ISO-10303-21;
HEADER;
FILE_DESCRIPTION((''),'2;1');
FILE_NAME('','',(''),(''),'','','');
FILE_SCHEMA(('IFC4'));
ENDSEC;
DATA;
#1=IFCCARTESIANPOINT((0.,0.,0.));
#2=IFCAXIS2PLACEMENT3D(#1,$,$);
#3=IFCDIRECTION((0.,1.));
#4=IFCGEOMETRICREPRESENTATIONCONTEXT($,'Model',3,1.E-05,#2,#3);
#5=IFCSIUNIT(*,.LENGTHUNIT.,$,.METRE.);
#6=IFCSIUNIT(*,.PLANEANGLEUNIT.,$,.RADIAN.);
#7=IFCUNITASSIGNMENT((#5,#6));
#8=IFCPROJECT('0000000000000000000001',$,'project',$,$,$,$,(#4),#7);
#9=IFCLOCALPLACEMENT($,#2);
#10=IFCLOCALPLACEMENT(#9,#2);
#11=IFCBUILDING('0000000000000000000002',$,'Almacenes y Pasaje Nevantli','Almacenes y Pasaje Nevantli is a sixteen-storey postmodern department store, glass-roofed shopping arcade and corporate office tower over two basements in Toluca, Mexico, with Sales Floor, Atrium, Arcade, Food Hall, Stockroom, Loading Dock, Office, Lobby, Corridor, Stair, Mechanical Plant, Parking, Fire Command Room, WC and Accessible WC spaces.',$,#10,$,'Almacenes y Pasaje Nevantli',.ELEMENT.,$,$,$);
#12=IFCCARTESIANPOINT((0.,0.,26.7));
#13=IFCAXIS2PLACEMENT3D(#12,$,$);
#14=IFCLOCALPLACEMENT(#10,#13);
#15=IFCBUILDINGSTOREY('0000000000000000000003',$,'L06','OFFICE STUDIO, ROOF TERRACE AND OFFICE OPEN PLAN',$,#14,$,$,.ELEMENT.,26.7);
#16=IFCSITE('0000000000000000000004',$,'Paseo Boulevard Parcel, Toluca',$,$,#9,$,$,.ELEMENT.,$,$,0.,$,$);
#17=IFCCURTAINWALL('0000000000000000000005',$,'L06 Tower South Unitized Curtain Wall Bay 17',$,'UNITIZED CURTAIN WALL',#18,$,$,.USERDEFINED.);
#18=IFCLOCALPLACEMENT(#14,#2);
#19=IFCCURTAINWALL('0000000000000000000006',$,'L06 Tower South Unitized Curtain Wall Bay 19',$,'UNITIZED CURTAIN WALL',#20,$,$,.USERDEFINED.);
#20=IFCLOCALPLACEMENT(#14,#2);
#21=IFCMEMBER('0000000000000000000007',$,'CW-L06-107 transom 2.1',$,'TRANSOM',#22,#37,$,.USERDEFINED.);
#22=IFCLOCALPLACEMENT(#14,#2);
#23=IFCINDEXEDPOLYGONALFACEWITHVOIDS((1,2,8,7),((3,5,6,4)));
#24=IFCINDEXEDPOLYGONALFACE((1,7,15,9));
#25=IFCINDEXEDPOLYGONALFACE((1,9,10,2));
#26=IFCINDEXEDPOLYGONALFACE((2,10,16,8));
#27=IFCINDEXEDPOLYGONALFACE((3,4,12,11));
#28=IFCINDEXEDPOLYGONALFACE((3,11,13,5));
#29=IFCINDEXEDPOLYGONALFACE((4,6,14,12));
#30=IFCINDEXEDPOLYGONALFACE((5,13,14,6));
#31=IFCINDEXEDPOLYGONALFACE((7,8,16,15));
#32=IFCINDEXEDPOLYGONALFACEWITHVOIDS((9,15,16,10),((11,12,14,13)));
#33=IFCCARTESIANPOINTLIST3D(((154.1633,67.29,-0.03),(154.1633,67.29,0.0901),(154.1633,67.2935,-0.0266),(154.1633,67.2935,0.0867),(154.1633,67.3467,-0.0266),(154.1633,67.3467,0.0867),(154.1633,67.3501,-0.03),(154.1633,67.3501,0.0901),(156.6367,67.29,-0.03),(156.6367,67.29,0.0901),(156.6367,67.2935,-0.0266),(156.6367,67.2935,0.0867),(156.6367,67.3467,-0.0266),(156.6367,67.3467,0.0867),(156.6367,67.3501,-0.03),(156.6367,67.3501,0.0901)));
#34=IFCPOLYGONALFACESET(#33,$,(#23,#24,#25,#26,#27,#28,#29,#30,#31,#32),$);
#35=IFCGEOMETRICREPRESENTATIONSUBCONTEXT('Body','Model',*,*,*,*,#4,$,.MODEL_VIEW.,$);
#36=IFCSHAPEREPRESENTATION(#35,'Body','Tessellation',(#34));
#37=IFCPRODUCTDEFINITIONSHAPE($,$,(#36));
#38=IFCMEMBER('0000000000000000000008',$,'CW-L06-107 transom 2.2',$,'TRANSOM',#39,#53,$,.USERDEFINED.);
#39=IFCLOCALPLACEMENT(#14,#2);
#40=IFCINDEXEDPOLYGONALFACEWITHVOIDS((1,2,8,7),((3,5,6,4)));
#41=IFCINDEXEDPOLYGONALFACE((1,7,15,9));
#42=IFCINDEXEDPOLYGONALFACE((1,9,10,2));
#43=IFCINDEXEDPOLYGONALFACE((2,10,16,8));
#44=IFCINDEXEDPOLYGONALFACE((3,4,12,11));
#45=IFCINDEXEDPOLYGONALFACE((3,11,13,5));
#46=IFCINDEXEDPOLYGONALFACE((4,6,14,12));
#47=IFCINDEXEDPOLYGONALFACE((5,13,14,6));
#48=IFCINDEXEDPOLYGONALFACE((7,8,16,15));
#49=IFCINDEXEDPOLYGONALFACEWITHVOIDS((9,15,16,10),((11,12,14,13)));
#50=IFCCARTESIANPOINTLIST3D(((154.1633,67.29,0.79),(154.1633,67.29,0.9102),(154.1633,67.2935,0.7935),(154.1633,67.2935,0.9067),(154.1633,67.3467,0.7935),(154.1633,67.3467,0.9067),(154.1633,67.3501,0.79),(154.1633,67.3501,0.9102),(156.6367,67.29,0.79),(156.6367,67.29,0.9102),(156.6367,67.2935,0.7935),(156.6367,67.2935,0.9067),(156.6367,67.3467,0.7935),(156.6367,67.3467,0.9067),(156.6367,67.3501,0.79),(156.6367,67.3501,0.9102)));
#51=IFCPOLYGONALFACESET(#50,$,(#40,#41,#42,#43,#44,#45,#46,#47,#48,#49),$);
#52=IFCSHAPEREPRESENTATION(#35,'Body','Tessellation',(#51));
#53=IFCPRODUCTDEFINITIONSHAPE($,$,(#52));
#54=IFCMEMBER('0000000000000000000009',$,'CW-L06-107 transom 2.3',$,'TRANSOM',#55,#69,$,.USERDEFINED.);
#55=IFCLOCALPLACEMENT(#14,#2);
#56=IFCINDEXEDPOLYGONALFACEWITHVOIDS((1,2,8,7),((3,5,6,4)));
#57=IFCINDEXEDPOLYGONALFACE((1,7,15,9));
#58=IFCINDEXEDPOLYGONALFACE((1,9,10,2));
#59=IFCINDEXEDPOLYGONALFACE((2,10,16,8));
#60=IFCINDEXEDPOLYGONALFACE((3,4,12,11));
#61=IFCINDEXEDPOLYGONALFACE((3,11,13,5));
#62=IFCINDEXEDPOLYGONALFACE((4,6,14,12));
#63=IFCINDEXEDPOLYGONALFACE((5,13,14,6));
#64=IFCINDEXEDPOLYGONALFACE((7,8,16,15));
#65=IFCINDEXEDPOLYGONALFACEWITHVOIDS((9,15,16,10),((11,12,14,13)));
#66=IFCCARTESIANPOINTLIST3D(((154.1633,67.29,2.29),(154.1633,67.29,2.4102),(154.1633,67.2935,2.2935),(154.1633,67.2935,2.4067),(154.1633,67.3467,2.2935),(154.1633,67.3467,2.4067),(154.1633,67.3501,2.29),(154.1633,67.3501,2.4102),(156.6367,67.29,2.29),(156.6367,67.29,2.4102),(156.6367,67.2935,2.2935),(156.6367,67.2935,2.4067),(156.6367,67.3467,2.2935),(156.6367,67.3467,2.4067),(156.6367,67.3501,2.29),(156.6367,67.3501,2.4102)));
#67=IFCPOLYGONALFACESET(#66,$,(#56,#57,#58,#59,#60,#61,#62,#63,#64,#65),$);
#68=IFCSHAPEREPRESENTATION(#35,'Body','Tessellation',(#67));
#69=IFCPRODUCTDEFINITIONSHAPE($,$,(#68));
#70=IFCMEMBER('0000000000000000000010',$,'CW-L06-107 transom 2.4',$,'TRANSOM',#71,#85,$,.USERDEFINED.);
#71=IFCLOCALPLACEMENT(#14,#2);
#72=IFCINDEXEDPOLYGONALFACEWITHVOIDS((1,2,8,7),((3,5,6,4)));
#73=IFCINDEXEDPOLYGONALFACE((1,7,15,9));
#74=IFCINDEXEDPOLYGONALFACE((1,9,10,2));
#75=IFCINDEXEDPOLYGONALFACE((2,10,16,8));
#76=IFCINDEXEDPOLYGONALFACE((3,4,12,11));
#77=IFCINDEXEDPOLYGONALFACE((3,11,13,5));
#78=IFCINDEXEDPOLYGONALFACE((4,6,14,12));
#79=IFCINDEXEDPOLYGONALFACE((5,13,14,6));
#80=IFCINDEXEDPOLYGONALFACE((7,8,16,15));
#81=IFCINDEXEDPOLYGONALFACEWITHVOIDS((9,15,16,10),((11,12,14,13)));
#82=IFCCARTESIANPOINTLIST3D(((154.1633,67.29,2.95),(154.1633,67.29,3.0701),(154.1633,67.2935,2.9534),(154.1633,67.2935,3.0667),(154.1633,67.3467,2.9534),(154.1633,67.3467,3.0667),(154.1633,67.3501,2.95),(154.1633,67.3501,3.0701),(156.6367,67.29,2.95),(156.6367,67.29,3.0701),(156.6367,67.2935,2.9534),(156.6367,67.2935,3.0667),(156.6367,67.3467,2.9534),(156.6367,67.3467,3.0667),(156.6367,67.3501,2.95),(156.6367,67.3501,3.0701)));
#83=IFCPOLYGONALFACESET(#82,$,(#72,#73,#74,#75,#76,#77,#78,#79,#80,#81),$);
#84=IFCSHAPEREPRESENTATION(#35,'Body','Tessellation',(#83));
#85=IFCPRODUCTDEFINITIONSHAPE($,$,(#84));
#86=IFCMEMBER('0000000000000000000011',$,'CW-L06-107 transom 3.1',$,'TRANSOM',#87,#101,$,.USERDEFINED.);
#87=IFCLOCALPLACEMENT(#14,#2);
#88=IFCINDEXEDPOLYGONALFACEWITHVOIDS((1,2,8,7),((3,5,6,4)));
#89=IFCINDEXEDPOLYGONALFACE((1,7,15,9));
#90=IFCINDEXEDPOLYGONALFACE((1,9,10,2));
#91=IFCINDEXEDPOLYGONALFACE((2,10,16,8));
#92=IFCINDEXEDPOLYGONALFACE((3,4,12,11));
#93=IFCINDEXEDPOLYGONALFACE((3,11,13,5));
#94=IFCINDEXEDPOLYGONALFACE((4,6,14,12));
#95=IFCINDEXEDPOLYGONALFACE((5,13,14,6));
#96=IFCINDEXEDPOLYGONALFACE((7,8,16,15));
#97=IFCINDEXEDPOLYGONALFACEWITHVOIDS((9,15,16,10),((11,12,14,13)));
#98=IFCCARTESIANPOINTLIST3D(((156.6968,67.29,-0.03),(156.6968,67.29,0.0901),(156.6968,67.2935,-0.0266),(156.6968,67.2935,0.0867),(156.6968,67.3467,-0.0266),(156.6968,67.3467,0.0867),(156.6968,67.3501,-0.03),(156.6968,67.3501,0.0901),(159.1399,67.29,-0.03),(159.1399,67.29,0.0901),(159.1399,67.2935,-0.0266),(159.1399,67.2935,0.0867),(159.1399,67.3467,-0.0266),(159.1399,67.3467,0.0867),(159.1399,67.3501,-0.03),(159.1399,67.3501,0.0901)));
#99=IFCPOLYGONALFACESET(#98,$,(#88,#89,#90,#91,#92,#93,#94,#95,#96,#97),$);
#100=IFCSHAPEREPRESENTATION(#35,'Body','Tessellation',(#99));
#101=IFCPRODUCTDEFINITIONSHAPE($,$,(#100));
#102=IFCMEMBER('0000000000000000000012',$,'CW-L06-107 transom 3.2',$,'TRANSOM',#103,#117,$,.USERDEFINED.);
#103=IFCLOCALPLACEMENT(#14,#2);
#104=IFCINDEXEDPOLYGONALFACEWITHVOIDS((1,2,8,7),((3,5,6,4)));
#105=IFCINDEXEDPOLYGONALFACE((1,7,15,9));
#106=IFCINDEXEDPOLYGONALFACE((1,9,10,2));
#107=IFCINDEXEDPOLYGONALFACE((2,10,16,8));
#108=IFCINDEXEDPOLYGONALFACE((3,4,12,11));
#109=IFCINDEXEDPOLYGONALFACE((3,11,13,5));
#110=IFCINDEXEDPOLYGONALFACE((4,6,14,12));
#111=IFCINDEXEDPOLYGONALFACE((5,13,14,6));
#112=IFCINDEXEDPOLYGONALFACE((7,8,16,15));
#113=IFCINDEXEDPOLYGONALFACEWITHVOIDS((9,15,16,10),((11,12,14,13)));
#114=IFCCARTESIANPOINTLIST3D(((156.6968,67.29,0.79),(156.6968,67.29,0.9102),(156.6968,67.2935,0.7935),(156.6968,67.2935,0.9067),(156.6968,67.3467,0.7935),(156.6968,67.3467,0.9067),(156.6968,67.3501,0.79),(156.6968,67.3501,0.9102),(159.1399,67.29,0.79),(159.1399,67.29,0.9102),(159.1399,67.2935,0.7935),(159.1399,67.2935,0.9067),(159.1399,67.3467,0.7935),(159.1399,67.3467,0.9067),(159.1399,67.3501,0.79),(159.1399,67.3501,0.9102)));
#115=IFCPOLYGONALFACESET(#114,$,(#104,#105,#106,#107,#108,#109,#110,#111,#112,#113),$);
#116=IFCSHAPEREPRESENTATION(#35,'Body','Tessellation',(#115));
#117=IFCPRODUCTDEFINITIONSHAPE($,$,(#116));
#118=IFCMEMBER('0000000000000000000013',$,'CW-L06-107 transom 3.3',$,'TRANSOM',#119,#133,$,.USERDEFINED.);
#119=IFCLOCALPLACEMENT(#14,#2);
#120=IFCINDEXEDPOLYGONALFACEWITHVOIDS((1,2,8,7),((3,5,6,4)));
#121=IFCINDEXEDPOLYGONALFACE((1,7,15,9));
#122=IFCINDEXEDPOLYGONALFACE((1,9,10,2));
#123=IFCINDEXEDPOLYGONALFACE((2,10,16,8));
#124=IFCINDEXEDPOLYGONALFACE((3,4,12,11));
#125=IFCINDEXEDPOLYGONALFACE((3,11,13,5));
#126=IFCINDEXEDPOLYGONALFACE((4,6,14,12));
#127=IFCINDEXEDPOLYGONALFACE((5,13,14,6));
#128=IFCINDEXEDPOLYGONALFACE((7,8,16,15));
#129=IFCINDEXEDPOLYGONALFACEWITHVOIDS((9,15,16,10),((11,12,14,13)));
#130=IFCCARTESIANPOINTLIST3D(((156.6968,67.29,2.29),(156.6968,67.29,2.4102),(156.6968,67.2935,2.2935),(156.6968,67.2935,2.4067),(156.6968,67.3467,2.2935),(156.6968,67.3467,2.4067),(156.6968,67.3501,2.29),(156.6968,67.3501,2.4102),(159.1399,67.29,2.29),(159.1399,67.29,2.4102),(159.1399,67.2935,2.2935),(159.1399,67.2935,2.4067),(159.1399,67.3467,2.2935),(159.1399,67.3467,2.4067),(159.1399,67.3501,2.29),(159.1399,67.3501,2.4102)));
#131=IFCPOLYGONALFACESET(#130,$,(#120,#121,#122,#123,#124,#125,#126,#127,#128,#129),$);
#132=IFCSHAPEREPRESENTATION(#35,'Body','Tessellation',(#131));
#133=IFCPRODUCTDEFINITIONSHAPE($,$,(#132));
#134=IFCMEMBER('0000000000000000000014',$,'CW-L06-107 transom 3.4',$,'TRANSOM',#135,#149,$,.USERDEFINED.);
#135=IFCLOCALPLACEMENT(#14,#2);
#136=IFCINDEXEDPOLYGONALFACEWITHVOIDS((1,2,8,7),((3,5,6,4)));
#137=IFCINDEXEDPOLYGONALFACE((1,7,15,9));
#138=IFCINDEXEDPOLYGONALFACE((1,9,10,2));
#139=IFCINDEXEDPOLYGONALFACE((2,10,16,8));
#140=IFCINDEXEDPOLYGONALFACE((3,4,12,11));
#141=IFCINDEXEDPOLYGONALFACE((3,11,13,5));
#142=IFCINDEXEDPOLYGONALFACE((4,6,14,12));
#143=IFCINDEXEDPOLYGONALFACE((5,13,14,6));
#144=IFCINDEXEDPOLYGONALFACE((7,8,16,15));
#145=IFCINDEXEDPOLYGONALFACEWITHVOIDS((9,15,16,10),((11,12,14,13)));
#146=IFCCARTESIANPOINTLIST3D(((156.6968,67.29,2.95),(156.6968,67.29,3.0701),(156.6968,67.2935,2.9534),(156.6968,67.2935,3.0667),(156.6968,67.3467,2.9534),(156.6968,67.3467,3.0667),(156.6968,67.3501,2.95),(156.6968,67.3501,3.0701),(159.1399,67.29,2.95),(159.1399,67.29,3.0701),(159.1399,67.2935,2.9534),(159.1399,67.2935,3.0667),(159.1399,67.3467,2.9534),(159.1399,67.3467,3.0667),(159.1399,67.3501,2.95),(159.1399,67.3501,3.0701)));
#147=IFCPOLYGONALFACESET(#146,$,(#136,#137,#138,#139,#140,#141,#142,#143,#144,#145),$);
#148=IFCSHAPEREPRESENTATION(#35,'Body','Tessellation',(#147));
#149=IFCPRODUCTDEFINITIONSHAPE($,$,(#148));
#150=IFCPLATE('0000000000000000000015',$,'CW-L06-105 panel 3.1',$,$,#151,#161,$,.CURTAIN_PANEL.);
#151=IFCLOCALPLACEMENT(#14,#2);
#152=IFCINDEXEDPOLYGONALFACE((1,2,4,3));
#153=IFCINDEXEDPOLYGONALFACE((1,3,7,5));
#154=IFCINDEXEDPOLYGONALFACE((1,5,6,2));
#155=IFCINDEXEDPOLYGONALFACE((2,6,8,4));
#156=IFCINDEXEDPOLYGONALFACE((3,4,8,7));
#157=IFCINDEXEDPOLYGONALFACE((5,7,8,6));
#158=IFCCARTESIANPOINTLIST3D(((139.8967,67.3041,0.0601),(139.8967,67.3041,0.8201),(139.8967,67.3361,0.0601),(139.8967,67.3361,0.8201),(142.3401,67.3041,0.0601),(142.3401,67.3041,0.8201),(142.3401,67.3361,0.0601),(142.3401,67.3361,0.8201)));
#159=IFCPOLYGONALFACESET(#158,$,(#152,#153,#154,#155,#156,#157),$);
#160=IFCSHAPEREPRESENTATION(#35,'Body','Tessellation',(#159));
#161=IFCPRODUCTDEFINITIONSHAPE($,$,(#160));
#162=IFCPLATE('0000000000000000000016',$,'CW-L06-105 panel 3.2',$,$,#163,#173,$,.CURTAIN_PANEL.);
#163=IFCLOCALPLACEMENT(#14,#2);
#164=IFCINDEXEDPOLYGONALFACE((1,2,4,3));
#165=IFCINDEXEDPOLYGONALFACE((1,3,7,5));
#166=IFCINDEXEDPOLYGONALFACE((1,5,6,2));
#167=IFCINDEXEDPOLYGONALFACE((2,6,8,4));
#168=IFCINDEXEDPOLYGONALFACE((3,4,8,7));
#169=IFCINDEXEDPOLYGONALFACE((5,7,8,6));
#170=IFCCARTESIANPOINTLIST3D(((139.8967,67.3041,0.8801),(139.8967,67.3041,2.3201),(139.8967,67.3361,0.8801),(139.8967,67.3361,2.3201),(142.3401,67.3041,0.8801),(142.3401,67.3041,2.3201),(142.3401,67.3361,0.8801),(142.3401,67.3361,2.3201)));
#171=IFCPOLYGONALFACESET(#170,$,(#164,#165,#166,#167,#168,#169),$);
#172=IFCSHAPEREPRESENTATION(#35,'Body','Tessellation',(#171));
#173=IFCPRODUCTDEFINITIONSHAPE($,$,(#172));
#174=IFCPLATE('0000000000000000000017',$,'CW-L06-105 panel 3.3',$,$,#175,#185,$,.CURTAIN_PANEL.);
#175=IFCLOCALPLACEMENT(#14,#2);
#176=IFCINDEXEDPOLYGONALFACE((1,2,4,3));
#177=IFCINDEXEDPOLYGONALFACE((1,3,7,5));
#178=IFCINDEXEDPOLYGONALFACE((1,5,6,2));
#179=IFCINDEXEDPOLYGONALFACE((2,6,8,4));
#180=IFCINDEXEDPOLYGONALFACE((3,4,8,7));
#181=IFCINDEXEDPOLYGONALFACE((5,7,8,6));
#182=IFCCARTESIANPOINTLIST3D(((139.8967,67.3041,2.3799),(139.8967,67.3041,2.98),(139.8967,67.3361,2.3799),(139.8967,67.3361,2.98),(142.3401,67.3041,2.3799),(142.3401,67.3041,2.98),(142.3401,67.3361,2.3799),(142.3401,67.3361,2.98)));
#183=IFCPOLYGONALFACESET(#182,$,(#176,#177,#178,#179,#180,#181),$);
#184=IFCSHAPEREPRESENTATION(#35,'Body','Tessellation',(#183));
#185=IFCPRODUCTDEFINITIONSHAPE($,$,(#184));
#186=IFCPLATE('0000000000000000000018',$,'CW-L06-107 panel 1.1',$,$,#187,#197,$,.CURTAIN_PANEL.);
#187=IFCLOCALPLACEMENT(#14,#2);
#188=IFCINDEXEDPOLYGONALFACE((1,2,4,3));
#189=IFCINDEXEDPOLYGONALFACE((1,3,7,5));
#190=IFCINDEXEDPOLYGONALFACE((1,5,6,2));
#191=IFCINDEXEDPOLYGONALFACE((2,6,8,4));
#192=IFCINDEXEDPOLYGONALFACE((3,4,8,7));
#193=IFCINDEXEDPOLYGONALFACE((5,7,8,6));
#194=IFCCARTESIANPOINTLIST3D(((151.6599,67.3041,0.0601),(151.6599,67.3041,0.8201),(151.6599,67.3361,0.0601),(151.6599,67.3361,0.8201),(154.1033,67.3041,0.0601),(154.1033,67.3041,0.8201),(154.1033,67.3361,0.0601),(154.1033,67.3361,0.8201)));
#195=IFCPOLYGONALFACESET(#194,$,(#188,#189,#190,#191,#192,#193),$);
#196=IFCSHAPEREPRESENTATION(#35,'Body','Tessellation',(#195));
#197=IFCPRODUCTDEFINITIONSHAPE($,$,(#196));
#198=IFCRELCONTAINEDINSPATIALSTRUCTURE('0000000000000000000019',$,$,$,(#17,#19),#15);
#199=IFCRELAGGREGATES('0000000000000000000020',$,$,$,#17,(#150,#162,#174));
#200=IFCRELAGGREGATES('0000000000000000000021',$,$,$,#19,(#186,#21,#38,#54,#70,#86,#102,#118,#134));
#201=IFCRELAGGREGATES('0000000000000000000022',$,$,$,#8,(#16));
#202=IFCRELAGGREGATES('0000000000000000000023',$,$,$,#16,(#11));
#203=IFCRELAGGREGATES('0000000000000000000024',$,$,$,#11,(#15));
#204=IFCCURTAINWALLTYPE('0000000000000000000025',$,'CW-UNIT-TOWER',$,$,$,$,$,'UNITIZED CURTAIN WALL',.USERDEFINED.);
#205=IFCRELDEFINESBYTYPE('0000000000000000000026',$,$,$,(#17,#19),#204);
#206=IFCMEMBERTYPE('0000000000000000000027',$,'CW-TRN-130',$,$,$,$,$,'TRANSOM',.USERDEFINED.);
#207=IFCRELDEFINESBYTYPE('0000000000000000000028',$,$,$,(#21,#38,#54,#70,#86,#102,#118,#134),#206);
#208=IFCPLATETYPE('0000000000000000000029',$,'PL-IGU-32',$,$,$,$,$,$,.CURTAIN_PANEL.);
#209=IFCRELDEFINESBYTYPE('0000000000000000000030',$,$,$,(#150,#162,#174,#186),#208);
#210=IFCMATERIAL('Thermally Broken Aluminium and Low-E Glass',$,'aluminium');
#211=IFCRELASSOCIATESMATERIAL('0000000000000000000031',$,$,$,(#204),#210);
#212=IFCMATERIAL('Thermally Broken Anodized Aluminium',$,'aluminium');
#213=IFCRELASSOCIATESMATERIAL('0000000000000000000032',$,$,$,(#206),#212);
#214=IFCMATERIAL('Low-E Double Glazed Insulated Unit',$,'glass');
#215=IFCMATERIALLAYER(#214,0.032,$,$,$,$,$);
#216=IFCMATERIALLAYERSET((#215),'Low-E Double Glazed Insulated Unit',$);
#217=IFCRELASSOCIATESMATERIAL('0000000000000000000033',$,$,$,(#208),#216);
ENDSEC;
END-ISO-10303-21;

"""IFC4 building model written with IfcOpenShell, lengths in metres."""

from ifc_helpers import new_model, si_unit, direction, frame, origin, origin_2d, place, context, subcontext, project, spatial, rectangle, hollow_rectangle, extrude, material, layer, layer_set, material_profile, profile_set, type_object, element, aggregate, save


model = new_model("IFC4")

# Units and contexts
model_context = context("Model", 3, precision=1e-05, world=origin(), true_north=direction((0.0, 1.0)))
body_context = subcontext(model_context, "Body", "Model", "MODEL_VIEW")
ifc_project = project(units=[si_unit("LENGTHUNIT", "METRE"), si_unit("PLANEANGLEUNIT", "RADIAN")], contexts=[model_context])

# Site, building, storey
site_placement = place(None, origin())
site = spatial("IfcSite", under=ifc_project, at=site_placement, Name="Paseo Boulevard Parcel, Toluca", CompositionType="ELEMENT", RefElevation=0.0)
building_placement = place(site_placement, origin())
building = spatial("IfcBuilding", under=site, at=building_placement, Name="Almacenes y Pasaje Nevantli", Description="Almacenes y Pasaje Nevantli is a sixteen-storey postmodern department store, glass-roofed shopping arcade and corporate office tower over two basements in Toluca, Mexico, with Sales Floor, Atrium, Arcade, Food Hall, Stockroom, Loading Dock, Office, Lobby, Corridor, Stair, Mechanical Plant, Parking, Fire Command Room, WC and Accessible WC spaces.", LongName="Almacenes y Pasaje Nevantli", CompositionType="ELEMENT")
storey_placement = place(building_placement, frame((0.0, 0.0, 26.7)))
storey = spatial("IfcBuildingStorey", under=building, at=storey_placement, Name="L06", Description="OFFICE STUDIO, ROOF TERRACE AND OFFICE OPEN PLAN", CompositionType="ELEMENT", Elevation=26.7)

# Curtain wall
ifc_material_1 = material(Name="Thermally Broken Aluminium and Low-E Glass", Category="aluminium")
curtain_wall_type = type_object("IfcCurtainWallType", Name="CW-UNIT-TOWER", ElementType="UNITIZED CURTAIN WALL", PredefinedType="USERDEFINED", material=ifc_material_1)
curtain_wall_1_placement = place(storey_placement, origin())
curtain_wall_1 = element("IfcCurtainWall", 1, at=curtain_wall_1_placement, inside=storey, type_object=curtain_wall_type, Name="L06 Tower South Unitized Curtain Wall Bay 17", ObjectType="UNITIZED CURTAIN WALL", PredefinedType="USERDEFINED")

# Curtain wall
curtain_wall_2_placement = place(storey_placement, origin())
curtain_wall_2 = element("IfcCurtainWall", 2, at=curtain_wall_2_placement, inside=storey, type_object=curtain_wall_type, Name="L06 Tower South Unitized Curtain Wall Bay 19", ObjectType="UNITIZED CURTAIN WALL", PredefinedType="USERDEFINED")

# Members
ifc_material_2 = material(Name="Thermally Broken Anodized Aluminium", Category="aluminium")
ifc_material_profile_1 = material_profile(ifc_material_2, hollow_rectangle(XDim=0.0601, YDim=0.1201, WallThickness=0.0034, at=origin_2d()), Name="ALU-TRN-60x120")
ifc_profile_set_1 = profile_set([ifc_material_profile_1], Name="Thermally Broken Anodized Aluminium")
member_type_1 = type_object("IfcMemberType", Name="CW-TRN-130", ElementType="TRANSOM", PredefinedType="USERDEFINED", material=ifc_profile_set_1)
member_1_placement = place(storey_placement, frame((154.1633, 67.3201, 0.03), z_axis=(1.0, 0.0, 0.0), x_axis=(0.0, 1.0, 0.0)))
member_1 = element("IfcMember", 3, at=member_1_placement, type_object=member_type_1, Name="CW-L06-107 transom 2.1", ObjectType="TRANSOM", PredefinedType="USERDEFINED", context=body_context, shape_type="SweptSolid", body=[
    extrude(hollow_rectangle(XDim=0.0601, YDim=0.1201, WallThickness=0.0034, at=origin_2d()), origin(), (0.0, 0.0, 1.0), 2.4734),
])
member_2_placement = place(storey_placement, frame((154.1633, 67.3201, 0.8501), z_axis=(1.0, 0.0, 0.0), x_axis=(0.0, 1.0, 0.0)))
member_2 = element("IfcMember", 4, at=member_2_placement, type_object=member_type_1, Name="CW-L06-107 transom 2.2", ObjectType="TRANSOM", PredefinedType="USERDEFINED", context=body_context, shape_type="SweptSolid", body=[
    extrude(hollow_rectangle(XDim=0.0601, YDim=0.1201, WallThickness=0.0034, at=origin_2d()), origin(), (0.0, 0.0, 1.0), 2.4734),
])
member_3_placement = place(storey_placement, frame((154.1633, 67.3201, 2.3501), z_axis=(1.0, 0.0, 0.0), x_axis=(0.0, 1.0, 0.0)))
member_3 = element("IfcMember", 5, at=member_3_placement, type_object=member_type_1, Name="CW-L06-107 transom 2.3", ObjectType="TRANSOM", PredefinedType="USERDEFINED", context=body_context, shape_type="SweptSolid", body=[
    extrude(hollow_rectangle(XDim=0.0601, YDim=0.1201, WallThickness=0.0034, at=origin_2d()), origin(), (0.0, 0.0, 1.0), 2.4734),
])
member_4_placement = place(storey_placement, frame((154.1633, 67.3201, 3.01), z_axis=(1.0, 0.0, 0.0), x_axis=(0.0, 1.0, 0.0)))
member_4 = element("IfcMember", 6, at=member_4_placement, type_object=member_type_1, Name="CW-L06-107 transom 2.4", ObjectType="TRANSOM", PredefinedType="USERDEFINED", context=body_context, shape_type="SweptSolid", body=[
    extrude(hollow_rectangle(XDim=0.0601, YDim=0.1201, WallThickness=0.0034, at=origin_2d()), origin(), (0.0, 0.0, 1.0), 2.4734),
])
member_5_placement = place(storey_placement, frame((156.6968, 67.3201, 0.03), z_axis=(1.0, 0.0, 0.0), x_axis=(0.0, 1.0, 0.0)))
member_5 = element("IfcMember", 7, at=member_5_placement, type_object=member_type_1, Name="CW-L06-107 transom 3.1", ObjectType="TRANSOM", PredefinedType="USERDEFINED", context=body_context, shape_type="SweptSolid", body=[
    extrude(hollow_rectangle(XDim=0.0601, YDim=0.1201, WallThickness=0.0034, at=origin_2d()), origin(), (0.0, 0.0, 1.0), 2.4431),
])
member_6_placement = place(storey_placement, frame((156.6968, 67.3201, 0.8501), z_axis=(1.0, 0.0, 0.0), x_axis=(0.0, 1.0, 0.0)))
member_6 = element("IfcMember", 8, at=member_6_placement, type_object=member_type_1, Name="CW-L06-107 transom 3.2", ObjectType="TRANSOM", PredefinedType="USERDEFINED", context=body_context, shape_type="SweptSolid", body=[
    extrude(hollow_rectangle(XDim=0.0601, YDim=0.1201, WallThickness=0.0034, at=origin_2d()), origin(), (0.0, 0.0, 1.0), 2.4431),
])
member_7_placement = place(storey_placement, frame((156.6968, 67.3201, 2.3501), z_axis=(1.0, 0.0, 0.0), x_axis=(0.0, 1.0, 0.0)))
member_7 = element("IfcMember", 9, at=member_7_placement, type_object=member_type_1, Name="CW-L06-107 transom 3.3", ObjectType="TRANSOM", PredefinedType="USERDEFINED", context=body_context, shape_type="SweptSolid", body=[
    extrude(hollow_rectangle(XDim=0.0601, YDim=0.1201, WallThickness=0.0034, at=origin_2d()), origin(), (0.0, 0.0, 1.0), 2.4431),
])
member_8_placement = place(storey_placement, frame((156.6968, 67.3201, 3.01), z_axis=(1.0, 0.0, 0.0), x_axis=(0.0, 1.0, 0.0)))
member_8 = element("IfcMember", 10, at=member_8_placement, type_object=member_type_1, Name="CW-L06-107 transom 3.4", ObjectType="TRANSOM", PredefinedType="USERDEFINED", context=body_context, shape_type="SweptSolid", body=[
    extrude(hollow_rectangle(XDim=0.0601, YDim=0.1201, WallThickness=0.0034, at=origin_2d()), origin(), (0.0, 0.0, 1.0), 2.4431),
])

# Plates
ifc_material_3 = material(Name="Low-E Double Glazed Insulated Unit", Category="glass")
ifc_layer = layer(ifc_material_3, 0.032)
ifc_layer_set = layer_set([ifc_layer], Name="Low-E Double Glazed Insulated Unit")
plate_type = type_object("IfcPlateType", Name="PL-IGU-32", PredefinedType="CURTAIN_PANEL", material=ifc_layer_set)
plate_1_placement = place(storey_placement, frame((141.1184, 67.3201, 0.0601), z_axis=(0.0, 0.0, 1.0), x_axis=(1.0, 0.0, 0.0)))
plate_1 = element("IfcPlate", 11, at=plate_1_placement, type_object=plate_type, Name="CW-L06-105 panel 3.1", PredefinedType="CURTAIN_PANEL", context=body_context, shape_type="SweptSolid", body=[
    extrude(rectangle(XDim=2.4434, YDim=0.032, at=origin_2d()), origin(), (0.0, 0.0, 1.0), 0.76),
])
plate_2_placement = place(storey_placement, frame((141.1184, 67.3201, 0.8801), z_axis=(0.0, 0.0, 1.0), x_axis=(1.0, 0.0, 0.0)))
plate_2 = element("IfcPlate", 12, at=plate_2_placement, type_object=plate_type, Name="CW-L06-105 panel 3.2", PredefinedType="CURTAIN_PANEL", context=body_context, shape_type="SweptSolid", body=[
    extrude(rectangle(XDim=2.4434, YDim=0.032, at=origin_2d()), origin(), (0.0, 0.0, 1.0), 1.4399),
])
plate_3_placement = place(storey_placement, frame((141.1184, 67.3201, 2.3799), z_axis=(0.0, 0.0, 1.0), x_axis=(1.0, 0.0, 0.0)))
plate_3 = element("IfcPlate", 13, at=plate_3_placement, type_object=plate_type, Name="CW-L06-105 panel 3.3", PredefinedType="CURTAIN_PANEL", context=body_context, shape_type="SweptSolid", body=[
    extrude(rectangle(XDim=2.4434, YDim=0.032, at=origin_2d()), origin(), (0.0, 0.0, 1.0), 0.6001),
])
aggregate(curtain_wall_1, [plate_1, plate_2, plate_3])
plate_4_placement = place(storey_placement, frame((152.8816, 67.3201, 0.0601), z_axis=(0.0, 0.0, 1.0), x_axis=(1.0, 0.0, 0.0)))
plate_4 = element("IfcPlate", 14, at=plate_4_placement, type_object=plate_type, Name="CW-L06-107 panel 1.1", PredefinedType="CURTAIN_PANEL", context=body_context, shape_type="SweptSolid", body=[
    extrude(rectangle(XDim=2.4434, YDim=0.032, at=origin_2d()), origin(), (0.0, 0.0, 1.0), 0.76),
])
aggregate(curtain_wall_2, [plate_4, member_1, member_2, member_3, member_4, member_5, member_6, member_7, member_8])

save(model, "model.ifc")
